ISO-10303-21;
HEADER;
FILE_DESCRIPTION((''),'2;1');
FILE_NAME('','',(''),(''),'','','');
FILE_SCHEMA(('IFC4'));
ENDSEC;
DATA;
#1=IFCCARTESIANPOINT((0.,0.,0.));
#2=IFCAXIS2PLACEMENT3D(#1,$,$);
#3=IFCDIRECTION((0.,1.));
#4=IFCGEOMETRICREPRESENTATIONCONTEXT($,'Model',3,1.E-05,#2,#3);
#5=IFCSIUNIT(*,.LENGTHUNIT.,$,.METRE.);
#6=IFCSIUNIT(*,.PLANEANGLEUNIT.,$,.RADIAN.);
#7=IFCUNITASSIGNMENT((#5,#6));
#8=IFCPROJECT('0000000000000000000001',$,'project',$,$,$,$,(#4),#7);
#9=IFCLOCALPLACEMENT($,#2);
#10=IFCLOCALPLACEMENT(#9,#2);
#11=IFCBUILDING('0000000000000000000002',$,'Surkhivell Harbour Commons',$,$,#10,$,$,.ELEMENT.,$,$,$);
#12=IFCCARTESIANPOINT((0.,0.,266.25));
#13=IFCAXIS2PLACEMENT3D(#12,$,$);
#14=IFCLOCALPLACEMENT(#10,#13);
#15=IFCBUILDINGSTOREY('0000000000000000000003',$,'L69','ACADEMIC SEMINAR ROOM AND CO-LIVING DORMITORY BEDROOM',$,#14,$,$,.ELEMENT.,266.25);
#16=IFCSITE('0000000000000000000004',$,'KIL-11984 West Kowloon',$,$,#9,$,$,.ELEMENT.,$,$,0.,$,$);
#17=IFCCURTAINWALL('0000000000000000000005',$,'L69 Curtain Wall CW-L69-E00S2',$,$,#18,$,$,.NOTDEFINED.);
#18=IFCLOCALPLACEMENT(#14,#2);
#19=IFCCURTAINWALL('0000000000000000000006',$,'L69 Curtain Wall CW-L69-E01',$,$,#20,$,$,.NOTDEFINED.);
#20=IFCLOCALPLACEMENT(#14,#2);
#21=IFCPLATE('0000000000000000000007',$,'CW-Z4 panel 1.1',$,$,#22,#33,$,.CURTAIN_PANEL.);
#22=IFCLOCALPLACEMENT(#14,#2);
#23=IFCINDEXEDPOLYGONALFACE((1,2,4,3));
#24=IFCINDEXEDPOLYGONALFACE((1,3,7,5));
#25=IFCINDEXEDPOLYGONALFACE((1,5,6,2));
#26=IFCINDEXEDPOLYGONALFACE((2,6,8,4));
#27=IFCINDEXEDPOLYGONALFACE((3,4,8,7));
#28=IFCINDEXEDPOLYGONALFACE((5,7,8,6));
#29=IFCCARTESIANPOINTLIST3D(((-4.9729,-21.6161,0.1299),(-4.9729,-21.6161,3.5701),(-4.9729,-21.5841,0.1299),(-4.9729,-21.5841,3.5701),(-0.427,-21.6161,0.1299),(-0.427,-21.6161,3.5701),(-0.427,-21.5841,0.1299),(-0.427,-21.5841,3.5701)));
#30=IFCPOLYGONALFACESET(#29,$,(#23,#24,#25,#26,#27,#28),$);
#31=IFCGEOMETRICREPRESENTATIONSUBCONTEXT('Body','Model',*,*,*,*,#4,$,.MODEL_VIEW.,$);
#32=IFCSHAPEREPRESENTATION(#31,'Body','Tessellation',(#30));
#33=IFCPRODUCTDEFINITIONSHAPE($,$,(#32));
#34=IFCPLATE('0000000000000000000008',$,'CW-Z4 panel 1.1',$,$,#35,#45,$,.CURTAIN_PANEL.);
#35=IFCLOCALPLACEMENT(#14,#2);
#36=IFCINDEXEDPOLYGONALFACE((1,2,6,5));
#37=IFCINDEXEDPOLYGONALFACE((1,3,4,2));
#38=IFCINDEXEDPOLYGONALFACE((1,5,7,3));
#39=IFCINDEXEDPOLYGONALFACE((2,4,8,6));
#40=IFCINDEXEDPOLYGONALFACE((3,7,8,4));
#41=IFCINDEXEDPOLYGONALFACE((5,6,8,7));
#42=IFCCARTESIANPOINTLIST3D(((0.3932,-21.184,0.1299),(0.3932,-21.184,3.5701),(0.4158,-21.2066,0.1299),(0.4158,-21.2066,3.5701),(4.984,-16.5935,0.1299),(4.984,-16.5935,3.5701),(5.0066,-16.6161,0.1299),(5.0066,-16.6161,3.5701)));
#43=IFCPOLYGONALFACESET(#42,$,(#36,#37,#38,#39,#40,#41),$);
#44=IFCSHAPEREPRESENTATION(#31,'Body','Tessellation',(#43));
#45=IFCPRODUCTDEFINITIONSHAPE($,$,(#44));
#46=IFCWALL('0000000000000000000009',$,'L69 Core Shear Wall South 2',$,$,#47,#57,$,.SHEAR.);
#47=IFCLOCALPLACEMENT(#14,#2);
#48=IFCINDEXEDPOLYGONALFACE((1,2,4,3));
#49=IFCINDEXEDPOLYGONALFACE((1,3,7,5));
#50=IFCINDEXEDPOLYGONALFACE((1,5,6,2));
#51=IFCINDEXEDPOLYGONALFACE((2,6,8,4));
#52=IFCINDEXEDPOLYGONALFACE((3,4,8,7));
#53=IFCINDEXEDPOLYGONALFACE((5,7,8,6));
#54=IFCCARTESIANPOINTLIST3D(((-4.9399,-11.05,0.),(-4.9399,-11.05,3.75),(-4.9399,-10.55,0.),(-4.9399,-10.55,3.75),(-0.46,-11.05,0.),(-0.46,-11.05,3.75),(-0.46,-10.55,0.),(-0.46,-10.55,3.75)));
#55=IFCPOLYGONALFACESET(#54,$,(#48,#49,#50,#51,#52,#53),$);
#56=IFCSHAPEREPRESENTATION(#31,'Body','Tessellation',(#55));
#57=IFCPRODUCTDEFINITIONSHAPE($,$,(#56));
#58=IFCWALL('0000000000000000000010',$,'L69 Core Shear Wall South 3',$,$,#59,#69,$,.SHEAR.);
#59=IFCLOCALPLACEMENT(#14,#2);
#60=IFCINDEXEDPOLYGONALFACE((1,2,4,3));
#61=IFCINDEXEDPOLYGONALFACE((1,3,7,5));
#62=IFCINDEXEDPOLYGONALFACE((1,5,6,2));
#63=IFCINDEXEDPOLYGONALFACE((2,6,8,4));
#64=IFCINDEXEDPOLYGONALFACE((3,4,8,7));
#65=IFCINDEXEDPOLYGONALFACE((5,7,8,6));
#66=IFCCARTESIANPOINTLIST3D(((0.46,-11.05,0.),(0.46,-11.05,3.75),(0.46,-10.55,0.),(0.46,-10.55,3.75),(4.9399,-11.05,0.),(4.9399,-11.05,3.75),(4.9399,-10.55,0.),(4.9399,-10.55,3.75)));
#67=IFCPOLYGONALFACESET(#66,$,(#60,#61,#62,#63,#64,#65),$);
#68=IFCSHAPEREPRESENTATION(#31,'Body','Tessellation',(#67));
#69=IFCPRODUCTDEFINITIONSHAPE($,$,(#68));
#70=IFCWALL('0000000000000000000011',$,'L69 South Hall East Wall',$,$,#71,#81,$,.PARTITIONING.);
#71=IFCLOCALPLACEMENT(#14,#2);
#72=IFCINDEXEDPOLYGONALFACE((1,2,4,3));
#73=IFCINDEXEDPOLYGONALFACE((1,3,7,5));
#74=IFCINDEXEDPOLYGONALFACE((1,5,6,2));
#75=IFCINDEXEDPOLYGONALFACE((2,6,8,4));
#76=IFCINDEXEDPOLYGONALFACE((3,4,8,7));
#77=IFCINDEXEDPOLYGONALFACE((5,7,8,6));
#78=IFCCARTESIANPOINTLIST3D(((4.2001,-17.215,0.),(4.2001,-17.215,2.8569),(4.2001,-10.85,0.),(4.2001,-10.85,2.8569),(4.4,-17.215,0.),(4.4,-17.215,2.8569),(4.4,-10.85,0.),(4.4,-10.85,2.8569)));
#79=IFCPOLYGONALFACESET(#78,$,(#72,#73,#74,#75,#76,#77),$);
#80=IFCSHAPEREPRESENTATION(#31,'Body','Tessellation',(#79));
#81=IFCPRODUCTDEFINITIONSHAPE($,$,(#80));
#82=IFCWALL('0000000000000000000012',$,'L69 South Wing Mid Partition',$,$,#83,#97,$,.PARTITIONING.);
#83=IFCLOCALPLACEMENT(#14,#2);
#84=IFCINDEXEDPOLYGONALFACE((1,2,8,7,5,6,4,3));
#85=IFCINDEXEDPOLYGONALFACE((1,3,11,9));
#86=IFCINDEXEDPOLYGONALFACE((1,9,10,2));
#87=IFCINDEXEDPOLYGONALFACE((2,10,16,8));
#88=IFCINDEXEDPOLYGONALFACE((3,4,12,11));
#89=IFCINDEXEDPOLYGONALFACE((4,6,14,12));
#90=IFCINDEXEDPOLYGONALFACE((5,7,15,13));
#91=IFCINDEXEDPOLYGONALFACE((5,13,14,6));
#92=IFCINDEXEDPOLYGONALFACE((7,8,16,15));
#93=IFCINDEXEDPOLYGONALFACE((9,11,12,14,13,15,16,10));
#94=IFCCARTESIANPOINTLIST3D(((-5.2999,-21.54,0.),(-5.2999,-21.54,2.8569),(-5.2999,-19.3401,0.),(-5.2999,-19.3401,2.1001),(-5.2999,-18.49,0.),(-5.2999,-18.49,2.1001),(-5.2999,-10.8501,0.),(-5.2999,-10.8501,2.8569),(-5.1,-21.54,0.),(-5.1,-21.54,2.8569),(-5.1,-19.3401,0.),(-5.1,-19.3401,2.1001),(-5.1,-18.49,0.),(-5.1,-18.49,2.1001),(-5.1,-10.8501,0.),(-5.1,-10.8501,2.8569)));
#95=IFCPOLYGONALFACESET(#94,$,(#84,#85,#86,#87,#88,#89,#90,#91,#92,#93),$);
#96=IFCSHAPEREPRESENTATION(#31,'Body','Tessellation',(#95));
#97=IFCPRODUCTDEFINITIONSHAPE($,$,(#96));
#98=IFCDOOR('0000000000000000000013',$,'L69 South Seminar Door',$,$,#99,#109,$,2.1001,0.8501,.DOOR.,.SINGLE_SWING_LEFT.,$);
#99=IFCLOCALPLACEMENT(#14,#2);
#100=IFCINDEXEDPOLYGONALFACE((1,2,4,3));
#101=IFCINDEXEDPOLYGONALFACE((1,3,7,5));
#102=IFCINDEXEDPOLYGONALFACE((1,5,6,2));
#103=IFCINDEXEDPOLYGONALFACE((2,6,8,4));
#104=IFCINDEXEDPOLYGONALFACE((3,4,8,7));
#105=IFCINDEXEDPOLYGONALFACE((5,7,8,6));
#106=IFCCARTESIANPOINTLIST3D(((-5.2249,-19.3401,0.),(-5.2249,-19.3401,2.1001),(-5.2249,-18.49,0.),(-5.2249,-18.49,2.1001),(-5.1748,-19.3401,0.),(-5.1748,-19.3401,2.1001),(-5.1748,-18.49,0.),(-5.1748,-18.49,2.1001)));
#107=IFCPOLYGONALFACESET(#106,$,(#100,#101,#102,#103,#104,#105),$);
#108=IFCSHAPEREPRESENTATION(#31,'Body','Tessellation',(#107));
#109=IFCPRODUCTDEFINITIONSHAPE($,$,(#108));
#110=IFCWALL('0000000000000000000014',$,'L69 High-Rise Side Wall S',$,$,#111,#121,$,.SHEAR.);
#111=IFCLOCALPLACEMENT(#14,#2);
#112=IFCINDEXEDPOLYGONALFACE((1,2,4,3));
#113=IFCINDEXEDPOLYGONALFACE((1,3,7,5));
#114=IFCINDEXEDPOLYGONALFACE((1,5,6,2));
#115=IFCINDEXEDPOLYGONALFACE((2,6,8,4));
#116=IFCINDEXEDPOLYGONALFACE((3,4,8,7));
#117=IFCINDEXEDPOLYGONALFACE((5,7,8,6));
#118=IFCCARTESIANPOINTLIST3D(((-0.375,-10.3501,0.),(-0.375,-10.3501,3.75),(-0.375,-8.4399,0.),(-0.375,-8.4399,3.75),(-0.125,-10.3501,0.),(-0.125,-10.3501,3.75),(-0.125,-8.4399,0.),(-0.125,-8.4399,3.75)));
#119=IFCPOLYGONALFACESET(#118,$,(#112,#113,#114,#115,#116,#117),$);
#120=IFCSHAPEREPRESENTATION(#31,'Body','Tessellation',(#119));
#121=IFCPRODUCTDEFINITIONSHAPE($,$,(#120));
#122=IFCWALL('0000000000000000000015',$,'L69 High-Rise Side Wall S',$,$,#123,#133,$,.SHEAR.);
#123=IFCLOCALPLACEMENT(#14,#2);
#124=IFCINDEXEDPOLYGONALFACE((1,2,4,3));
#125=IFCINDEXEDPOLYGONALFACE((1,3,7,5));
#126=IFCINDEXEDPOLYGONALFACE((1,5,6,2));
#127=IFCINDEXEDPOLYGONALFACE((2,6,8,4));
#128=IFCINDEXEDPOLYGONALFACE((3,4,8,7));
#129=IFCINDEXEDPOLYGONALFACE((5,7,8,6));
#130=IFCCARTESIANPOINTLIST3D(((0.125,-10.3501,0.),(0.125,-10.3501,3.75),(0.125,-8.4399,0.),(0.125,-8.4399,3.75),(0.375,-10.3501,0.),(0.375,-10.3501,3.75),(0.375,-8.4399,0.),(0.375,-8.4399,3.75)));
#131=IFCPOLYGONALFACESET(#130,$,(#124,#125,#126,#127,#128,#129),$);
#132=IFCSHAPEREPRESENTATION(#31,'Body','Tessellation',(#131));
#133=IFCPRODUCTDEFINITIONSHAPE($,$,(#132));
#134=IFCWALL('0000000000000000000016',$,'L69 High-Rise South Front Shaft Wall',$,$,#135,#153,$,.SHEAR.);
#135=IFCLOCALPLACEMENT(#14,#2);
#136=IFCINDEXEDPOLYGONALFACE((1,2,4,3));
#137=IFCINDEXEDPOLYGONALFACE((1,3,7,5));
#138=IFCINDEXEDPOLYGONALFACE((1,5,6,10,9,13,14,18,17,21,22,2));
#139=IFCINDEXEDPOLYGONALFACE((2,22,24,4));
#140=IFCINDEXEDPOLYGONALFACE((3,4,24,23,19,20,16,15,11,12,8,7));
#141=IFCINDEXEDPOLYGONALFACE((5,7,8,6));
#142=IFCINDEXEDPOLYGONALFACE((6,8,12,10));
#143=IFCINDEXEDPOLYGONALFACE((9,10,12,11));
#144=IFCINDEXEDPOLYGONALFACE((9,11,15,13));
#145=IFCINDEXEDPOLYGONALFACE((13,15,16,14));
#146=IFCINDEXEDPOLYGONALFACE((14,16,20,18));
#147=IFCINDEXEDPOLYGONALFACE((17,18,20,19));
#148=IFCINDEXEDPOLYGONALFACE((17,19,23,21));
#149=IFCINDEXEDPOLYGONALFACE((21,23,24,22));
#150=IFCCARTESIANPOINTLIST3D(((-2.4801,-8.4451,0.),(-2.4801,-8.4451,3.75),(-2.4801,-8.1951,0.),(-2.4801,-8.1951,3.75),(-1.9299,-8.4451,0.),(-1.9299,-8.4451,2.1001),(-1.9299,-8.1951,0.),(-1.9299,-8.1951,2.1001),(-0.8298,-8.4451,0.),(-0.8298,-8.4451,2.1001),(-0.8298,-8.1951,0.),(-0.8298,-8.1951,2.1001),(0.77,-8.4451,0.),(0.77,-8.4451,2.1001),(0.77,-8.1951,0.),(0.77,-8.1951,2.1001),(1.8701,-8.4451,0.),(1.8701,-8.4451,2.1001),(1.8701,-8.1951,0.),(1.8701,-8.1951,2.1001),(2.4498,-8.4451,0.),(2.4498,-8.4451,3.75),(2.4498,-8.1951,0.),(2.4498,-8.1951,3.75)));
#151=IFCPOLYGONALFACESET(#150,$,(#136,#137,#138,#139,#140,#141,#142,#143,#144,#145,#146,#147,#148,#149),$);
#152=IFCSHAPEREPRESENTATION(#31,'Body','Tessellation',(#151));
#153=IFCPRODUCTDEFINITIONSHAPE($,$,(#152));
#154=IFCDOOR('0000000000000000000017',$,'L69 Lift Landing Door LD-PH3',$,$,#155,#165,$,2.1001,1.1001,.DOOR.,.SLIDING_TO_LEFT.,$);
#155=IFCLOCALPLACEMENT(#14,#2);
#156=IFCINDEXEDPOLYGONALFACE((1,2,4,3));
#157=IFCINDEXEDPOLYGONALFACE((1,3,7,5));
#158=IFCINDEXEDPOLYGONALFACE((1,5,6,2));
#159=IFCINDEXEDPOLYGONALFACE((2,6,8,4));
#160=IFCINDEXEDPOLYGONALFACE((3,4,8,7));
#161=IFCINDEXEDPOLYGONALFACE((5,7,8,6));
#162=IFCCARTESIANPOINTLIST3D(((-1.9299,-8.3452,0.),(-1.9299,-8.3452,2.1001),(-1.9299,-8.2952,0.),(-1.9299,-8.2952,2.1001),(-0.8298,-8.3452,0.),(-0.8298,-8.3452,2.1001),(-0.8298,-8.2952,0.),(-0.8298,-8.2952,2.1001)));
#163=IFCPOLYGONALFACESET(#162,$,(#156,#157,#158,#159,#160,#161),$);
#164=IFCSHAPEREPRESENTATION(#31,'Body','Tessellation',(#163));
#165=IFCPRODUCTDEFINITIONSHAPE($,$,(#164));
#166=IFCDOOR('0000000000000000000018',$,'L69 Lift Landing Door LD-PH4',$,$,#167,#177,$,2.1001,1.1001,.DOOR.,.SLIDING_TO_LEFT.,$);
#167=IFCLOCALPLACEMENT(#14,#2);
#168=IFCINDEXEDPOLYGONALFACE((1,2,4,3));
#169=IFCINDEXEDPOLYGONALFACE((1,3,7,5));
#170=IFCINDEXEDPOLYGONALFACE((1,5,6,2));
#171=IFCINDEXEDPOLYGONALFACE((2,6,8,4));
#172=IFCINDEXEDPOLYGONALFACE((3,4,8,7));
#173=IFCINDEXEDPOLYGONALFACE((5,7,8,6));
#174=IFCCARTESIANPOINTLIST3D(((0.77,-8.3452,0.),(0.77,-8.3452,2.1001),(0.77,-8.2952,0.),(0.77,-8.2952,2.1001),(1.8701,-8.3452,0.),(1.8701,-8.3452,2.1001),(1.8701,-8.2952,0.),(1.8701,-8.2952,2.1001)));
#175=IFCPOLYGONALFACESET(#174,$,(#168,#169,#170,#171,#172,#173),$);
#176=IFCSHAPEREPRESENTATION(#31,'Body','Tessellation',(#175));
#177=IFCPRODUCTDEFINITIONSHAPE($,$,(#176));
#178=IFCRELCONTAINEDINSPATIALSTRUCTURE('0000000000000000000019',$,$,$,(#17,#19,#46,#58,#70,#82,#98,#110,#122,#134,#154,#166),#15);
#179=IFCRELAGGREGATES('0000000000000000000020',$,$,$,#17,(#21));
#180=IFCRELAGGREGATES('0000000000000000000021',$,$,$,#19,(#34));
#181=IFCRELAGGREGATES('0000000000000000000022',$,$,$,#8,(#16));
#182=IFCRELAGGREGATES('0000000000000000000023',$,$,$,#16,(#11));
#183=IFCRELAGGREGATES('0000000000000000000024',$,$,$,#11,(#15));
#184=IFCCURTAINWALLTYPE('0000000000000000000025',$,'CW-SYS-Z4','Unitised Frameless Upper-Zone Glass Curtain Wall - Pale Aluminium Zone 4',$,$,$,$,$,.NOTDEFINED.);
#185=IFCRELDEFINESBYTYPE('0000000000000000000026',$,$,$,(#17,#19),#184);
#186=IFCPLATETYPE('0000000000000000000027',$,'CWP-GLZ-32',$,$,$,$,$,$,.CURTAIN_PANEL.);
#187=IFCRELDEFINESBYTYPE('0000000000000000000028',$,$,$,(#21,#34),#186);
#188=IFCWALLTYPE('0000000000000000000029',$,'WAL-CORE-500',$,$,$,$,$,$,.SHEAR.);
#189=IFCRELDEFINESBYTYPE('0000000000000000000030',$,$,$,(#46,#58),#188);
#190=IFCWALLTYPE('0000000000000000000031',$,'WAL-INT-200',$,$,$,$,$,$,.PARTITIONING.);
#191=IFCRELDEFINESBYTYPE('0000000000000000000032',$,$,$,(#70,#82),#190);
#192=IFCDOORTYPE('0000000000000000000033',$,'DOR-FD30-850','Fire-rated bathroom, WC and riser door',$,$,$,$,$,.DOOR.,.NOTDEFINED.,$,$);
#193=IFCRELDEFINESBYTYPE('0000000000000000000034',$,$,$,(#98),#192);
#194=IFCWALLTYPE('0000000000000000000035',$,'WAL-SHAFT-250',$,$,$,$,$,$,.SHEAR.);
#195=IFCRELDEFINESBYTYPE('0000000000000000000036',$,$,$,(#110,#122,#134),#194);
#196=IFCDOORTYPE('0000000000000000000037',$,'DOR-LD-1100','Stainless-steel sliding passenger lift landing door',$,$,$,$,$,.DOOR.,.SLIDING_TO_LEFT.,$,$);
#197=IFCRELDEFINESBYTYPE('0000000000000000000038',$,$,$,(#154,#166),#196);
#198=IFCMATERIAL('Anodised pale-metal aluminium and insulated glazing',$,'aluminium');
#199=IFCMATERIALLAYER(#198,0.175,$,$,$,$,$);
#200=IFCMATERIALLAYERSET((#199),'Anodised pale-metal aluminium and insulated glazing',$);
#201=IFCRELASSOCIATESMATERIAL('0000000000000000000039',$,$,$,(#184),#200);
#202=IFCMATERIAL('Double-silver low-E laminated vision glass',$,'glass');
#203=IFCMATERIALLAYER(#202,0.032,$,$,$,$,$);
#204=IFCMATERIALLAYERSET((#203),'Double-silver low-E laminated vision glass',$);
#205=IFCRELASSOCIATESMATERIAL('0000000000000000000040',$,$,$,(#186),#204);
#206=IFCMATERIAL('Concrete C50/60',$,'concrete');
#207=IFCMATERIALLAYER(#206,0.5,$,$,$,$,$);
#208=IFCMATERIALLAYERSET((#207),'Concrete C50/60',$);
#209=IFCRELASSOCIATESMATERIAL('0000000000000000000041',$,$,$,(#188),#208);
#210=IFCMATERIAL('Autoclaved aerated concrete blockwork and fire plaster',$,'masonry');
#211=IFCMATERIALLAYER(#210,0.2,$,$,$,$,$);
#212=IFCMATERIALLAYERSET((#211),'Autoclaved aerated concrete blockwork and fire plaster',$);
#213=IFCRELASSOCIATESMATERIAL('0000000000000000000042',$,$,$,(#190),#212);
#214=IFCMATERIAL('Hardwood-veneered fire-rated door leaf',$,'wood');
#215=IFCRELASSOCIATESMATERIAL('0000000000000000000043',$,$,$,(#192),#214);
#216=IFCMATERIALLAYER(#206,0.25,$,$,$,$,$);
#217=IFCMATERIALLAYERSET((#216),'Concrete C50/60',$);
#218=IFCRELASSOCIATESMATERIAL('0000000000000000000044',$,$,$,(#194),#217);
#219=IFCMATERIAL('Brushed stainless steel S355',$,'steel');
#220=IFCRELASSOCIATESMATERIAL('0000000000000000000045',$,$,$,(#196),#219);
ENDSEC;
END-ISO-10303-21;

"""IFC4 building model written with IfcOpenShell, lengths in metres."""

from ifc_helpers import new_model, si_unit, direction, frame, frame_2d, origin, place, context, subcontext, project, spatial, rectangle, extrude, material, layer, layer_set, type_object, element, fill, aggregate, save


model = new_model("IFC4")

# Units and contexts
model_context = context("Model", 3, precision=1e-05, world=origin(), true_north=direction((0.0, 1.0)))
body_context = subcontext(model_context, "Body", "Model", "MODEL_VIEW")
ifc_project = project(units=[si_unit("LENGTHUNIT", "METRE"), si_unit("PLANEANGLEUNIT", "RADIAN")], contexts=[model_context])

# Site, building, storey
site_placement = place(None, origin())
site = spatial("IfcSite", under=ifc_project, at=site_placement, Name="KIL-11984 West Kowloon", CompositionType="ELEMENT", RefElevation=0.0)
building_placement = place(site_placement, origin())
building = spatial("IfcBuilding", under=site, at=building_placement, Name="Surkhivell Harbour Commons", CompositionType="ELEMENT")
storey_placement = place(building_placement, frame((0.0, 0.0, 266.25)))
storey = spatial("IfcBuildingStorey", under=building, at=storey_placement, Name="L69", Description="ACADEMIC SEMINAR ROOM AND CO-LIVING DORMITORY BEDROOM", CompositionType="ELEMENT", Elevation=266.25)

# Shared definitions
ifc_material_1 = material(Name="Concrete C50/60", Category="concrete")

# Curtain wall
ifc_material_2 = material(Name="Anodised pale-metal aluminium and insulated glazing", Category="aluminium")
ifc_layer_1 = layer(ifc_material_2, 0.175)
ifc_layer_set_1 = layer_set([ifc_layer_1], Name="Anodised pale-metal aluminium and insulated glazing")
curtain_wall_type = type_object("IfcCurtainWallType", Name="CW-SYS-Z4", Description="Unitised Frameless Upper-Zone Glass Curtain Wall - Pale Aluminium Zone 4", PredefinedType="NOTDEFINED", material=ifc_layer_set_1)
curtain_wall_1_placement = place(storey_placement, origin())
curtain_wall_1 = element("IfcCurtainWall", 1, at=curtain_wall_1_placement, inside=storey, type_object=curtain_wall_type, Name="L69 Curtain Wall CW-L69-E00S2", PredefinedType="NOTDEFINED")

# Curtain wall
curtain_wall_2_placement = place(storey_placement, origin())
curtain_wall_2 = element("IfcCurtainWall", 2, at=curtain_wall_2_placement, inside=storey, type_object=curtain_wall_type, Name="L69 Curtain Wall CW-L69-E01", PredefinedType="NOTDEFINED")

# Plates
ifc_material_3 = material(Name="Double-silver low-E laminated vision glass", Category="glass")
ifc_layer_2 = layer(ifc_material_3, 0.032)
ifc_layer_set_2 = layer_set([ifc_layer_2], Name="Double-silver low-E laminated vision glass")
plate_type = type_object("IfcPlateType", Name="CWP-GLZ-32", PredefinedType="CURTAIN_PANEL", material=ifc_layer_set_2)
plate_1_placement = place(storey_placement, frame((-4.9729, -21.6001, 0.1299), z_axis=(0.0, 0.0, 1.0), x_axis=(1.0, 0.0, 0.0)))
plate_1 = element("IfcPlate", 3, at=plate_1_placement, type_object=plate_type, Name="CW-Z4 panel 1.1", PredefinedType="CURTAIN_PANEL", context=body_context, shape_type="SweptSolid", body=[
    extrude(rectangle(XDim=4.5459, YDim=0.032, at=frame_2d((2.2729, 0.0))), origin(), (0.0, 0.0, 1.0), 3.4402),
])
aggregate(curtain_wall_1, [plate_1])
plate_2_placement = place(storey_placement, frame((0.4045, -21.1953, 0.1299), z_axis=(0.0, 0.0, 1.0), x_axis=(0.707126, 0.707088, 0.0)))
plate_2 = element("IfcPlate", 4, at=plate_2_placement, type_object=plate_type, Name="CW-Z4 panel 1.1", PredefinedType="CURTAIN_PANEL", context=body_context, shape_type="SweptSolid", body=[
    extrude(rectangle(XDim=6.4922, YDim=0.032, at=frame_2d((3.2461, 0.0))), origin(), (0.0, 0.0, 1.0), 3.4402),
])
aggregate(curtain_wall_2, [plate_2])

# Walls
ifc_layer_3 = layer(ifc_material_1, 0.5)
ifc_layer_set_3 = layer_set([ifc_layer_3], Name="Concrete C50/60")
wall_type_1 = type_object("IfcWallType", Name="WAL-CORE-500", PredefinedType="SHEAR", material=ifc_layer_set_3)
for number, where, z_axis, x_axis, name in (
    (5, (-4.9399, -10.8, 0.0), (0.0, 0.0, 1.0), (1.0, 0.0, 0.0), "L69 Core Shear Wall South 2"),
    (6, (0.46, -10.8, 0.0), (0.0, 0.0, 1.0), (1.0, 0.0, 0.0), "L69 Core Shear Wall South 3"),
):
    element("IfcWall", number, at=place(storey_placement, frame(where, z_axis=z_axis, x_axis=x_axis)), inside=storey, type_object=wall_type_1, Name=name, PredefinedType="SHEAR", context=body_context, shape_type="SweptSolid", body=[
        extrude(rectangle(XDim=4.48, YDim=0.5, at=frame_2d((2.24, 0.0))), origin(), (0.0, 0.0, 1.0), 3.75),
    ])
ifc_material_4 = material(Name="Autoclaved aerated concrete blockwork and fire plaster", Category="masonry")
ifc_layer_4 = layer(ifc_material_4, 0.2)
ifc_layer_set_4 = layer_set([ifc_layer_4], Name="Autoclaved aerated concrete blockwork and fire plaster")
wall_type_2 = type_object("IfcWallType", Name="WAL-INT-200", PredefinedType="PARTITIONING", material=ifc_layer_set_4)
wall_1_placement = place(storey_placement, frame((4.3, -17.2151, 0.0), z_axis=(0.0, 0.0, 1.0), x_axis=(0.0, 1.0, 0.0)))
element("IfcWall", 7, at=wall_1_placement, inside=storey, type_object=wall_type_2, Name="L69 South Hall East Wall", PredefinedType="PARTITIONING", context=body_context, shape_type="SweptSolid", body=[
    extrude(rectangle(XDim=6.365, YDim=0.2, at=frame_2d((3.1826, 0.0))), origin(), (0.0, 0.0, 1.0), 2.8569),
])

# Wall, opening, door
wall_2_placement = place(storey_placement, frame((-5.2, -21.54, 0.0), z_axis=(0.0, 0.0, 1.0), x_axis=(0.0, 1.0, 0.0)))
wall_2 = element("IfcWall", 8, at=wall_2_placement, inside=storey, type_object=wall_type_2, Name="L69 South Wing Mid Partition", PredefinedType="PARTITIONING", context=body_context, shape_type="SweptSolid", body=[
    extrude(rectangle(XDim=10.6899, YDim=0.2, at=frame_2d((5.345, 0.0))), origin(), (0.0, 0.0, 1.0), 2.8569),
])
opening_1_placement = place(wall_2_placement, frame((2.2, 0.0, 0.0)))
opening_1 = element("IfcOpeningElement", 9, at=opening_1_placement, cuts=wall_2, PredefinedType="OPENING", context=body_context, shape_type="SweptSolid", body=[
    extrude(rectangle(XDim=0.8501, YDim=2.1001, at=frame_2d((0.425, 1.05))), frame((0.0, 0.1099, 0.0), z_axis=(0.0, -1.0, 0.0), x_axis=(1.0, 0.0, 0.0)), (0.0, 0.0, 1.0), 0.22),
])
ifc_material_5 = material(Name="Hardwood-veneered fire-rated door leaf", Category="wood")
door_type_1 = type_object("IfcDoorType", Name="DOR-FD30-850", Description="Fire-rated bathroom, WC and riser door", OperationType="NOTDEFINED", PredefinedType="DOOR", material=ifc_material_5)
door_1_placement = place(opening_1_placement, origin())
door_1 = element("IfcDoor", 10, at=door_1_placement, inside=storey, type_object=door_type_1, Name="L69 South Seminar Door", OperationType="SINGLE_SWING_LEFT", OverallHeight=2.1001, OverallWidth=0.8501, PredefinedType="DOOR", context=body_context, shape_type="SweptSolid", body=[
    extrude(rectangle(XDim=0.8501, YDim=2.1001, at=frame_2d((0.425, 1.05))), frame((0.0, 0.0249, 0.0), z_axis=(0.0, -1.0, 0.0), x_axis=(1.0, 0.0, 0.0)), (0.0, 0.0, 1.0), 0.05),
])
fill(opening_1, door_1)

# Walls
ifc_layer_5 = layer(ifc_material_1, 0.25)
ifc_layer_set_5 = layer_set([ifc_layer_5], Name="Concrete C50/60")
wall_type_3 = type_object("IfcWallType", Name="WAL-SHAFT-250", PredefinedType="SHEAR", material=ifc_layer_set_5)
for number, where, z_axis, x_axis, name in (
    (11, (-0.25, -10.3501, 0.0), (0.0, 0.0, 1.0), (0.0, 1.0, 0.0), "L69 High-Rise Side Wall S"),
    (12, (0.25, -10.3501, 0.0), (0.0, 0.0, 1.0), (0.0, 1.0, 0.0), "L69 High-Rise Side Wall S"),
):
    element("IfcWall", number, at=place(storey_placement, frame(where, z_axis=z_axis, x_axis=x_axis)), inside=storey, type_object=wall_type_3, Name=name, PredefinedType="SHEAR", context=body_context, shape_type="SweptSolid", body=[
        extrude(rectangle(XDim=1.9102, YDim=0.25, at=frame_2d((0.9551, 0.0))), origin(), (0.0, 0.0, 1.0), 3.75),
    ])

# Wall, openings, doors
wall_3_placement = place(storey_placement, frame((-2.48, -8.3201, 0.0), z_axis=(0.0, 0.0, 1.0), x_axis=(1.0, 0.0, 0.0)))
wall_3 = element("IfcWall", 13, at=wall_3_placement, inside=storey, type_object=wall_type_3, Name="L69 High-Rise South Front Shaft Wall", PredefinedType="SHEAR", context=body_context, shape_type="SweptSolid", body=[
    extrude(rectangle(XDim=4.9299, YDim=0.25, at=frame_2d((2.4648, 0.0))), origin(), (0.0, 0.0, 1.0), 3.75),
])
opening_2_placement = place(wall_3_placement, frame((0.55, 0.0, 0.0)))
opening_2 = element("IfcOpeningElement", 14, at=opening_2_placement, cuts=wall_3, PredefinedType="OPENING", context=body_context, shape_type="SweptSolid", body=[
    extrude(rectangle(XDim=1.1001, YDim=2.1001, at=frame_2d((0.55, 1.05))), frame((0.0, 0.135, 0.0), z_axis=(0.0, -1.0, 0.0), x_axis=(1.0, 0.0, 0.0)), (0.0, 0.0, 1.0), 0.27),
])
opening_3_placement = place(wall_3_placement, frame((3.25, 0.0, 0.0)))
opening_3 = element("IfcOpeningElement", 15, at=opening_3_placement, cuts=wall_3, PredefinedType="OPENING", context=body_context, shape_type="SweptSolid", body=[
    extrude(rectangle(XDim=1.1001, YDim=2.1001, at=frame_2d((0.55, 1.05))), frame((0.0, 0.135, 0.0), z_axis=(0.0, -1.0, 0.0), x_axis=(1.0, 0.0, 0.0)), (0.0, 0.0, 1.0), 0.27),
])
ifc_material_6 = material(Name="Brushed stainless steel S355", Category="steel")
door_type_2 = type_object("IfcDoorType", Name="DOR-LD-1100", Description="Stainless-steel sliding passenger lift landing door", OperationType="SLIDING_TO_LEFT", PredefinedType="DOOR", material=ifc_material_6)
door_2_placement = place(opening_2_placement, origin())
door_2 = element("IfcDoor", 16, at=door_2_placement, inside=storey, type_object=door_type_2, Name="L69 Lift Landing Door LD-PH3", OperationType="SLIDING_TO_LEFT", OverallHeight=2.1001, OverallWidth=1.1001, PredefinedType="DOOR", context=body_context, shape_type="SweptSolid", body=[
    extrude(rectangle(XDim=1.1001, YDim=2.1001, at=frame_2d((0.55, 1.05))), frame((0.0, 0.0249, 0.0), z_axis=(0.0, -1.0, 0.0), x_axis=(1.0, 0.0, 0.0)), (0.0, 0.0, 1.0), 0.05),
])
fill(opening_2, door_2)
door_3_placement = place(opening_3_placement, origin())
door_3 = element("IfcDoor", 17, at=door_3_placement, inside=storey, type_object=door_type_2, Name="L69 Lift Landing Door LD-PH4", OperationType="SLIDING_TO_LEFT", OverallHeight=2.1001, OverallWidth=1.1001, PredefinedType="DOOR", context=body_context, shape_type="SweptSolid", body=[
    extrude(rectangle(XDim=1.1001, YDim=2.1001, at=frame_2d((0.55, 1.05))), frame((0.0, 0.0249, 0.0), z_axis=(0.0, -1.0, 0.0), x_axis=(1.0, 0.0, 0.0)), (0.0, 0.0, 1.0), 0.05),
])
fill(opening_3, door_3)

save(model, "model.ifc")
